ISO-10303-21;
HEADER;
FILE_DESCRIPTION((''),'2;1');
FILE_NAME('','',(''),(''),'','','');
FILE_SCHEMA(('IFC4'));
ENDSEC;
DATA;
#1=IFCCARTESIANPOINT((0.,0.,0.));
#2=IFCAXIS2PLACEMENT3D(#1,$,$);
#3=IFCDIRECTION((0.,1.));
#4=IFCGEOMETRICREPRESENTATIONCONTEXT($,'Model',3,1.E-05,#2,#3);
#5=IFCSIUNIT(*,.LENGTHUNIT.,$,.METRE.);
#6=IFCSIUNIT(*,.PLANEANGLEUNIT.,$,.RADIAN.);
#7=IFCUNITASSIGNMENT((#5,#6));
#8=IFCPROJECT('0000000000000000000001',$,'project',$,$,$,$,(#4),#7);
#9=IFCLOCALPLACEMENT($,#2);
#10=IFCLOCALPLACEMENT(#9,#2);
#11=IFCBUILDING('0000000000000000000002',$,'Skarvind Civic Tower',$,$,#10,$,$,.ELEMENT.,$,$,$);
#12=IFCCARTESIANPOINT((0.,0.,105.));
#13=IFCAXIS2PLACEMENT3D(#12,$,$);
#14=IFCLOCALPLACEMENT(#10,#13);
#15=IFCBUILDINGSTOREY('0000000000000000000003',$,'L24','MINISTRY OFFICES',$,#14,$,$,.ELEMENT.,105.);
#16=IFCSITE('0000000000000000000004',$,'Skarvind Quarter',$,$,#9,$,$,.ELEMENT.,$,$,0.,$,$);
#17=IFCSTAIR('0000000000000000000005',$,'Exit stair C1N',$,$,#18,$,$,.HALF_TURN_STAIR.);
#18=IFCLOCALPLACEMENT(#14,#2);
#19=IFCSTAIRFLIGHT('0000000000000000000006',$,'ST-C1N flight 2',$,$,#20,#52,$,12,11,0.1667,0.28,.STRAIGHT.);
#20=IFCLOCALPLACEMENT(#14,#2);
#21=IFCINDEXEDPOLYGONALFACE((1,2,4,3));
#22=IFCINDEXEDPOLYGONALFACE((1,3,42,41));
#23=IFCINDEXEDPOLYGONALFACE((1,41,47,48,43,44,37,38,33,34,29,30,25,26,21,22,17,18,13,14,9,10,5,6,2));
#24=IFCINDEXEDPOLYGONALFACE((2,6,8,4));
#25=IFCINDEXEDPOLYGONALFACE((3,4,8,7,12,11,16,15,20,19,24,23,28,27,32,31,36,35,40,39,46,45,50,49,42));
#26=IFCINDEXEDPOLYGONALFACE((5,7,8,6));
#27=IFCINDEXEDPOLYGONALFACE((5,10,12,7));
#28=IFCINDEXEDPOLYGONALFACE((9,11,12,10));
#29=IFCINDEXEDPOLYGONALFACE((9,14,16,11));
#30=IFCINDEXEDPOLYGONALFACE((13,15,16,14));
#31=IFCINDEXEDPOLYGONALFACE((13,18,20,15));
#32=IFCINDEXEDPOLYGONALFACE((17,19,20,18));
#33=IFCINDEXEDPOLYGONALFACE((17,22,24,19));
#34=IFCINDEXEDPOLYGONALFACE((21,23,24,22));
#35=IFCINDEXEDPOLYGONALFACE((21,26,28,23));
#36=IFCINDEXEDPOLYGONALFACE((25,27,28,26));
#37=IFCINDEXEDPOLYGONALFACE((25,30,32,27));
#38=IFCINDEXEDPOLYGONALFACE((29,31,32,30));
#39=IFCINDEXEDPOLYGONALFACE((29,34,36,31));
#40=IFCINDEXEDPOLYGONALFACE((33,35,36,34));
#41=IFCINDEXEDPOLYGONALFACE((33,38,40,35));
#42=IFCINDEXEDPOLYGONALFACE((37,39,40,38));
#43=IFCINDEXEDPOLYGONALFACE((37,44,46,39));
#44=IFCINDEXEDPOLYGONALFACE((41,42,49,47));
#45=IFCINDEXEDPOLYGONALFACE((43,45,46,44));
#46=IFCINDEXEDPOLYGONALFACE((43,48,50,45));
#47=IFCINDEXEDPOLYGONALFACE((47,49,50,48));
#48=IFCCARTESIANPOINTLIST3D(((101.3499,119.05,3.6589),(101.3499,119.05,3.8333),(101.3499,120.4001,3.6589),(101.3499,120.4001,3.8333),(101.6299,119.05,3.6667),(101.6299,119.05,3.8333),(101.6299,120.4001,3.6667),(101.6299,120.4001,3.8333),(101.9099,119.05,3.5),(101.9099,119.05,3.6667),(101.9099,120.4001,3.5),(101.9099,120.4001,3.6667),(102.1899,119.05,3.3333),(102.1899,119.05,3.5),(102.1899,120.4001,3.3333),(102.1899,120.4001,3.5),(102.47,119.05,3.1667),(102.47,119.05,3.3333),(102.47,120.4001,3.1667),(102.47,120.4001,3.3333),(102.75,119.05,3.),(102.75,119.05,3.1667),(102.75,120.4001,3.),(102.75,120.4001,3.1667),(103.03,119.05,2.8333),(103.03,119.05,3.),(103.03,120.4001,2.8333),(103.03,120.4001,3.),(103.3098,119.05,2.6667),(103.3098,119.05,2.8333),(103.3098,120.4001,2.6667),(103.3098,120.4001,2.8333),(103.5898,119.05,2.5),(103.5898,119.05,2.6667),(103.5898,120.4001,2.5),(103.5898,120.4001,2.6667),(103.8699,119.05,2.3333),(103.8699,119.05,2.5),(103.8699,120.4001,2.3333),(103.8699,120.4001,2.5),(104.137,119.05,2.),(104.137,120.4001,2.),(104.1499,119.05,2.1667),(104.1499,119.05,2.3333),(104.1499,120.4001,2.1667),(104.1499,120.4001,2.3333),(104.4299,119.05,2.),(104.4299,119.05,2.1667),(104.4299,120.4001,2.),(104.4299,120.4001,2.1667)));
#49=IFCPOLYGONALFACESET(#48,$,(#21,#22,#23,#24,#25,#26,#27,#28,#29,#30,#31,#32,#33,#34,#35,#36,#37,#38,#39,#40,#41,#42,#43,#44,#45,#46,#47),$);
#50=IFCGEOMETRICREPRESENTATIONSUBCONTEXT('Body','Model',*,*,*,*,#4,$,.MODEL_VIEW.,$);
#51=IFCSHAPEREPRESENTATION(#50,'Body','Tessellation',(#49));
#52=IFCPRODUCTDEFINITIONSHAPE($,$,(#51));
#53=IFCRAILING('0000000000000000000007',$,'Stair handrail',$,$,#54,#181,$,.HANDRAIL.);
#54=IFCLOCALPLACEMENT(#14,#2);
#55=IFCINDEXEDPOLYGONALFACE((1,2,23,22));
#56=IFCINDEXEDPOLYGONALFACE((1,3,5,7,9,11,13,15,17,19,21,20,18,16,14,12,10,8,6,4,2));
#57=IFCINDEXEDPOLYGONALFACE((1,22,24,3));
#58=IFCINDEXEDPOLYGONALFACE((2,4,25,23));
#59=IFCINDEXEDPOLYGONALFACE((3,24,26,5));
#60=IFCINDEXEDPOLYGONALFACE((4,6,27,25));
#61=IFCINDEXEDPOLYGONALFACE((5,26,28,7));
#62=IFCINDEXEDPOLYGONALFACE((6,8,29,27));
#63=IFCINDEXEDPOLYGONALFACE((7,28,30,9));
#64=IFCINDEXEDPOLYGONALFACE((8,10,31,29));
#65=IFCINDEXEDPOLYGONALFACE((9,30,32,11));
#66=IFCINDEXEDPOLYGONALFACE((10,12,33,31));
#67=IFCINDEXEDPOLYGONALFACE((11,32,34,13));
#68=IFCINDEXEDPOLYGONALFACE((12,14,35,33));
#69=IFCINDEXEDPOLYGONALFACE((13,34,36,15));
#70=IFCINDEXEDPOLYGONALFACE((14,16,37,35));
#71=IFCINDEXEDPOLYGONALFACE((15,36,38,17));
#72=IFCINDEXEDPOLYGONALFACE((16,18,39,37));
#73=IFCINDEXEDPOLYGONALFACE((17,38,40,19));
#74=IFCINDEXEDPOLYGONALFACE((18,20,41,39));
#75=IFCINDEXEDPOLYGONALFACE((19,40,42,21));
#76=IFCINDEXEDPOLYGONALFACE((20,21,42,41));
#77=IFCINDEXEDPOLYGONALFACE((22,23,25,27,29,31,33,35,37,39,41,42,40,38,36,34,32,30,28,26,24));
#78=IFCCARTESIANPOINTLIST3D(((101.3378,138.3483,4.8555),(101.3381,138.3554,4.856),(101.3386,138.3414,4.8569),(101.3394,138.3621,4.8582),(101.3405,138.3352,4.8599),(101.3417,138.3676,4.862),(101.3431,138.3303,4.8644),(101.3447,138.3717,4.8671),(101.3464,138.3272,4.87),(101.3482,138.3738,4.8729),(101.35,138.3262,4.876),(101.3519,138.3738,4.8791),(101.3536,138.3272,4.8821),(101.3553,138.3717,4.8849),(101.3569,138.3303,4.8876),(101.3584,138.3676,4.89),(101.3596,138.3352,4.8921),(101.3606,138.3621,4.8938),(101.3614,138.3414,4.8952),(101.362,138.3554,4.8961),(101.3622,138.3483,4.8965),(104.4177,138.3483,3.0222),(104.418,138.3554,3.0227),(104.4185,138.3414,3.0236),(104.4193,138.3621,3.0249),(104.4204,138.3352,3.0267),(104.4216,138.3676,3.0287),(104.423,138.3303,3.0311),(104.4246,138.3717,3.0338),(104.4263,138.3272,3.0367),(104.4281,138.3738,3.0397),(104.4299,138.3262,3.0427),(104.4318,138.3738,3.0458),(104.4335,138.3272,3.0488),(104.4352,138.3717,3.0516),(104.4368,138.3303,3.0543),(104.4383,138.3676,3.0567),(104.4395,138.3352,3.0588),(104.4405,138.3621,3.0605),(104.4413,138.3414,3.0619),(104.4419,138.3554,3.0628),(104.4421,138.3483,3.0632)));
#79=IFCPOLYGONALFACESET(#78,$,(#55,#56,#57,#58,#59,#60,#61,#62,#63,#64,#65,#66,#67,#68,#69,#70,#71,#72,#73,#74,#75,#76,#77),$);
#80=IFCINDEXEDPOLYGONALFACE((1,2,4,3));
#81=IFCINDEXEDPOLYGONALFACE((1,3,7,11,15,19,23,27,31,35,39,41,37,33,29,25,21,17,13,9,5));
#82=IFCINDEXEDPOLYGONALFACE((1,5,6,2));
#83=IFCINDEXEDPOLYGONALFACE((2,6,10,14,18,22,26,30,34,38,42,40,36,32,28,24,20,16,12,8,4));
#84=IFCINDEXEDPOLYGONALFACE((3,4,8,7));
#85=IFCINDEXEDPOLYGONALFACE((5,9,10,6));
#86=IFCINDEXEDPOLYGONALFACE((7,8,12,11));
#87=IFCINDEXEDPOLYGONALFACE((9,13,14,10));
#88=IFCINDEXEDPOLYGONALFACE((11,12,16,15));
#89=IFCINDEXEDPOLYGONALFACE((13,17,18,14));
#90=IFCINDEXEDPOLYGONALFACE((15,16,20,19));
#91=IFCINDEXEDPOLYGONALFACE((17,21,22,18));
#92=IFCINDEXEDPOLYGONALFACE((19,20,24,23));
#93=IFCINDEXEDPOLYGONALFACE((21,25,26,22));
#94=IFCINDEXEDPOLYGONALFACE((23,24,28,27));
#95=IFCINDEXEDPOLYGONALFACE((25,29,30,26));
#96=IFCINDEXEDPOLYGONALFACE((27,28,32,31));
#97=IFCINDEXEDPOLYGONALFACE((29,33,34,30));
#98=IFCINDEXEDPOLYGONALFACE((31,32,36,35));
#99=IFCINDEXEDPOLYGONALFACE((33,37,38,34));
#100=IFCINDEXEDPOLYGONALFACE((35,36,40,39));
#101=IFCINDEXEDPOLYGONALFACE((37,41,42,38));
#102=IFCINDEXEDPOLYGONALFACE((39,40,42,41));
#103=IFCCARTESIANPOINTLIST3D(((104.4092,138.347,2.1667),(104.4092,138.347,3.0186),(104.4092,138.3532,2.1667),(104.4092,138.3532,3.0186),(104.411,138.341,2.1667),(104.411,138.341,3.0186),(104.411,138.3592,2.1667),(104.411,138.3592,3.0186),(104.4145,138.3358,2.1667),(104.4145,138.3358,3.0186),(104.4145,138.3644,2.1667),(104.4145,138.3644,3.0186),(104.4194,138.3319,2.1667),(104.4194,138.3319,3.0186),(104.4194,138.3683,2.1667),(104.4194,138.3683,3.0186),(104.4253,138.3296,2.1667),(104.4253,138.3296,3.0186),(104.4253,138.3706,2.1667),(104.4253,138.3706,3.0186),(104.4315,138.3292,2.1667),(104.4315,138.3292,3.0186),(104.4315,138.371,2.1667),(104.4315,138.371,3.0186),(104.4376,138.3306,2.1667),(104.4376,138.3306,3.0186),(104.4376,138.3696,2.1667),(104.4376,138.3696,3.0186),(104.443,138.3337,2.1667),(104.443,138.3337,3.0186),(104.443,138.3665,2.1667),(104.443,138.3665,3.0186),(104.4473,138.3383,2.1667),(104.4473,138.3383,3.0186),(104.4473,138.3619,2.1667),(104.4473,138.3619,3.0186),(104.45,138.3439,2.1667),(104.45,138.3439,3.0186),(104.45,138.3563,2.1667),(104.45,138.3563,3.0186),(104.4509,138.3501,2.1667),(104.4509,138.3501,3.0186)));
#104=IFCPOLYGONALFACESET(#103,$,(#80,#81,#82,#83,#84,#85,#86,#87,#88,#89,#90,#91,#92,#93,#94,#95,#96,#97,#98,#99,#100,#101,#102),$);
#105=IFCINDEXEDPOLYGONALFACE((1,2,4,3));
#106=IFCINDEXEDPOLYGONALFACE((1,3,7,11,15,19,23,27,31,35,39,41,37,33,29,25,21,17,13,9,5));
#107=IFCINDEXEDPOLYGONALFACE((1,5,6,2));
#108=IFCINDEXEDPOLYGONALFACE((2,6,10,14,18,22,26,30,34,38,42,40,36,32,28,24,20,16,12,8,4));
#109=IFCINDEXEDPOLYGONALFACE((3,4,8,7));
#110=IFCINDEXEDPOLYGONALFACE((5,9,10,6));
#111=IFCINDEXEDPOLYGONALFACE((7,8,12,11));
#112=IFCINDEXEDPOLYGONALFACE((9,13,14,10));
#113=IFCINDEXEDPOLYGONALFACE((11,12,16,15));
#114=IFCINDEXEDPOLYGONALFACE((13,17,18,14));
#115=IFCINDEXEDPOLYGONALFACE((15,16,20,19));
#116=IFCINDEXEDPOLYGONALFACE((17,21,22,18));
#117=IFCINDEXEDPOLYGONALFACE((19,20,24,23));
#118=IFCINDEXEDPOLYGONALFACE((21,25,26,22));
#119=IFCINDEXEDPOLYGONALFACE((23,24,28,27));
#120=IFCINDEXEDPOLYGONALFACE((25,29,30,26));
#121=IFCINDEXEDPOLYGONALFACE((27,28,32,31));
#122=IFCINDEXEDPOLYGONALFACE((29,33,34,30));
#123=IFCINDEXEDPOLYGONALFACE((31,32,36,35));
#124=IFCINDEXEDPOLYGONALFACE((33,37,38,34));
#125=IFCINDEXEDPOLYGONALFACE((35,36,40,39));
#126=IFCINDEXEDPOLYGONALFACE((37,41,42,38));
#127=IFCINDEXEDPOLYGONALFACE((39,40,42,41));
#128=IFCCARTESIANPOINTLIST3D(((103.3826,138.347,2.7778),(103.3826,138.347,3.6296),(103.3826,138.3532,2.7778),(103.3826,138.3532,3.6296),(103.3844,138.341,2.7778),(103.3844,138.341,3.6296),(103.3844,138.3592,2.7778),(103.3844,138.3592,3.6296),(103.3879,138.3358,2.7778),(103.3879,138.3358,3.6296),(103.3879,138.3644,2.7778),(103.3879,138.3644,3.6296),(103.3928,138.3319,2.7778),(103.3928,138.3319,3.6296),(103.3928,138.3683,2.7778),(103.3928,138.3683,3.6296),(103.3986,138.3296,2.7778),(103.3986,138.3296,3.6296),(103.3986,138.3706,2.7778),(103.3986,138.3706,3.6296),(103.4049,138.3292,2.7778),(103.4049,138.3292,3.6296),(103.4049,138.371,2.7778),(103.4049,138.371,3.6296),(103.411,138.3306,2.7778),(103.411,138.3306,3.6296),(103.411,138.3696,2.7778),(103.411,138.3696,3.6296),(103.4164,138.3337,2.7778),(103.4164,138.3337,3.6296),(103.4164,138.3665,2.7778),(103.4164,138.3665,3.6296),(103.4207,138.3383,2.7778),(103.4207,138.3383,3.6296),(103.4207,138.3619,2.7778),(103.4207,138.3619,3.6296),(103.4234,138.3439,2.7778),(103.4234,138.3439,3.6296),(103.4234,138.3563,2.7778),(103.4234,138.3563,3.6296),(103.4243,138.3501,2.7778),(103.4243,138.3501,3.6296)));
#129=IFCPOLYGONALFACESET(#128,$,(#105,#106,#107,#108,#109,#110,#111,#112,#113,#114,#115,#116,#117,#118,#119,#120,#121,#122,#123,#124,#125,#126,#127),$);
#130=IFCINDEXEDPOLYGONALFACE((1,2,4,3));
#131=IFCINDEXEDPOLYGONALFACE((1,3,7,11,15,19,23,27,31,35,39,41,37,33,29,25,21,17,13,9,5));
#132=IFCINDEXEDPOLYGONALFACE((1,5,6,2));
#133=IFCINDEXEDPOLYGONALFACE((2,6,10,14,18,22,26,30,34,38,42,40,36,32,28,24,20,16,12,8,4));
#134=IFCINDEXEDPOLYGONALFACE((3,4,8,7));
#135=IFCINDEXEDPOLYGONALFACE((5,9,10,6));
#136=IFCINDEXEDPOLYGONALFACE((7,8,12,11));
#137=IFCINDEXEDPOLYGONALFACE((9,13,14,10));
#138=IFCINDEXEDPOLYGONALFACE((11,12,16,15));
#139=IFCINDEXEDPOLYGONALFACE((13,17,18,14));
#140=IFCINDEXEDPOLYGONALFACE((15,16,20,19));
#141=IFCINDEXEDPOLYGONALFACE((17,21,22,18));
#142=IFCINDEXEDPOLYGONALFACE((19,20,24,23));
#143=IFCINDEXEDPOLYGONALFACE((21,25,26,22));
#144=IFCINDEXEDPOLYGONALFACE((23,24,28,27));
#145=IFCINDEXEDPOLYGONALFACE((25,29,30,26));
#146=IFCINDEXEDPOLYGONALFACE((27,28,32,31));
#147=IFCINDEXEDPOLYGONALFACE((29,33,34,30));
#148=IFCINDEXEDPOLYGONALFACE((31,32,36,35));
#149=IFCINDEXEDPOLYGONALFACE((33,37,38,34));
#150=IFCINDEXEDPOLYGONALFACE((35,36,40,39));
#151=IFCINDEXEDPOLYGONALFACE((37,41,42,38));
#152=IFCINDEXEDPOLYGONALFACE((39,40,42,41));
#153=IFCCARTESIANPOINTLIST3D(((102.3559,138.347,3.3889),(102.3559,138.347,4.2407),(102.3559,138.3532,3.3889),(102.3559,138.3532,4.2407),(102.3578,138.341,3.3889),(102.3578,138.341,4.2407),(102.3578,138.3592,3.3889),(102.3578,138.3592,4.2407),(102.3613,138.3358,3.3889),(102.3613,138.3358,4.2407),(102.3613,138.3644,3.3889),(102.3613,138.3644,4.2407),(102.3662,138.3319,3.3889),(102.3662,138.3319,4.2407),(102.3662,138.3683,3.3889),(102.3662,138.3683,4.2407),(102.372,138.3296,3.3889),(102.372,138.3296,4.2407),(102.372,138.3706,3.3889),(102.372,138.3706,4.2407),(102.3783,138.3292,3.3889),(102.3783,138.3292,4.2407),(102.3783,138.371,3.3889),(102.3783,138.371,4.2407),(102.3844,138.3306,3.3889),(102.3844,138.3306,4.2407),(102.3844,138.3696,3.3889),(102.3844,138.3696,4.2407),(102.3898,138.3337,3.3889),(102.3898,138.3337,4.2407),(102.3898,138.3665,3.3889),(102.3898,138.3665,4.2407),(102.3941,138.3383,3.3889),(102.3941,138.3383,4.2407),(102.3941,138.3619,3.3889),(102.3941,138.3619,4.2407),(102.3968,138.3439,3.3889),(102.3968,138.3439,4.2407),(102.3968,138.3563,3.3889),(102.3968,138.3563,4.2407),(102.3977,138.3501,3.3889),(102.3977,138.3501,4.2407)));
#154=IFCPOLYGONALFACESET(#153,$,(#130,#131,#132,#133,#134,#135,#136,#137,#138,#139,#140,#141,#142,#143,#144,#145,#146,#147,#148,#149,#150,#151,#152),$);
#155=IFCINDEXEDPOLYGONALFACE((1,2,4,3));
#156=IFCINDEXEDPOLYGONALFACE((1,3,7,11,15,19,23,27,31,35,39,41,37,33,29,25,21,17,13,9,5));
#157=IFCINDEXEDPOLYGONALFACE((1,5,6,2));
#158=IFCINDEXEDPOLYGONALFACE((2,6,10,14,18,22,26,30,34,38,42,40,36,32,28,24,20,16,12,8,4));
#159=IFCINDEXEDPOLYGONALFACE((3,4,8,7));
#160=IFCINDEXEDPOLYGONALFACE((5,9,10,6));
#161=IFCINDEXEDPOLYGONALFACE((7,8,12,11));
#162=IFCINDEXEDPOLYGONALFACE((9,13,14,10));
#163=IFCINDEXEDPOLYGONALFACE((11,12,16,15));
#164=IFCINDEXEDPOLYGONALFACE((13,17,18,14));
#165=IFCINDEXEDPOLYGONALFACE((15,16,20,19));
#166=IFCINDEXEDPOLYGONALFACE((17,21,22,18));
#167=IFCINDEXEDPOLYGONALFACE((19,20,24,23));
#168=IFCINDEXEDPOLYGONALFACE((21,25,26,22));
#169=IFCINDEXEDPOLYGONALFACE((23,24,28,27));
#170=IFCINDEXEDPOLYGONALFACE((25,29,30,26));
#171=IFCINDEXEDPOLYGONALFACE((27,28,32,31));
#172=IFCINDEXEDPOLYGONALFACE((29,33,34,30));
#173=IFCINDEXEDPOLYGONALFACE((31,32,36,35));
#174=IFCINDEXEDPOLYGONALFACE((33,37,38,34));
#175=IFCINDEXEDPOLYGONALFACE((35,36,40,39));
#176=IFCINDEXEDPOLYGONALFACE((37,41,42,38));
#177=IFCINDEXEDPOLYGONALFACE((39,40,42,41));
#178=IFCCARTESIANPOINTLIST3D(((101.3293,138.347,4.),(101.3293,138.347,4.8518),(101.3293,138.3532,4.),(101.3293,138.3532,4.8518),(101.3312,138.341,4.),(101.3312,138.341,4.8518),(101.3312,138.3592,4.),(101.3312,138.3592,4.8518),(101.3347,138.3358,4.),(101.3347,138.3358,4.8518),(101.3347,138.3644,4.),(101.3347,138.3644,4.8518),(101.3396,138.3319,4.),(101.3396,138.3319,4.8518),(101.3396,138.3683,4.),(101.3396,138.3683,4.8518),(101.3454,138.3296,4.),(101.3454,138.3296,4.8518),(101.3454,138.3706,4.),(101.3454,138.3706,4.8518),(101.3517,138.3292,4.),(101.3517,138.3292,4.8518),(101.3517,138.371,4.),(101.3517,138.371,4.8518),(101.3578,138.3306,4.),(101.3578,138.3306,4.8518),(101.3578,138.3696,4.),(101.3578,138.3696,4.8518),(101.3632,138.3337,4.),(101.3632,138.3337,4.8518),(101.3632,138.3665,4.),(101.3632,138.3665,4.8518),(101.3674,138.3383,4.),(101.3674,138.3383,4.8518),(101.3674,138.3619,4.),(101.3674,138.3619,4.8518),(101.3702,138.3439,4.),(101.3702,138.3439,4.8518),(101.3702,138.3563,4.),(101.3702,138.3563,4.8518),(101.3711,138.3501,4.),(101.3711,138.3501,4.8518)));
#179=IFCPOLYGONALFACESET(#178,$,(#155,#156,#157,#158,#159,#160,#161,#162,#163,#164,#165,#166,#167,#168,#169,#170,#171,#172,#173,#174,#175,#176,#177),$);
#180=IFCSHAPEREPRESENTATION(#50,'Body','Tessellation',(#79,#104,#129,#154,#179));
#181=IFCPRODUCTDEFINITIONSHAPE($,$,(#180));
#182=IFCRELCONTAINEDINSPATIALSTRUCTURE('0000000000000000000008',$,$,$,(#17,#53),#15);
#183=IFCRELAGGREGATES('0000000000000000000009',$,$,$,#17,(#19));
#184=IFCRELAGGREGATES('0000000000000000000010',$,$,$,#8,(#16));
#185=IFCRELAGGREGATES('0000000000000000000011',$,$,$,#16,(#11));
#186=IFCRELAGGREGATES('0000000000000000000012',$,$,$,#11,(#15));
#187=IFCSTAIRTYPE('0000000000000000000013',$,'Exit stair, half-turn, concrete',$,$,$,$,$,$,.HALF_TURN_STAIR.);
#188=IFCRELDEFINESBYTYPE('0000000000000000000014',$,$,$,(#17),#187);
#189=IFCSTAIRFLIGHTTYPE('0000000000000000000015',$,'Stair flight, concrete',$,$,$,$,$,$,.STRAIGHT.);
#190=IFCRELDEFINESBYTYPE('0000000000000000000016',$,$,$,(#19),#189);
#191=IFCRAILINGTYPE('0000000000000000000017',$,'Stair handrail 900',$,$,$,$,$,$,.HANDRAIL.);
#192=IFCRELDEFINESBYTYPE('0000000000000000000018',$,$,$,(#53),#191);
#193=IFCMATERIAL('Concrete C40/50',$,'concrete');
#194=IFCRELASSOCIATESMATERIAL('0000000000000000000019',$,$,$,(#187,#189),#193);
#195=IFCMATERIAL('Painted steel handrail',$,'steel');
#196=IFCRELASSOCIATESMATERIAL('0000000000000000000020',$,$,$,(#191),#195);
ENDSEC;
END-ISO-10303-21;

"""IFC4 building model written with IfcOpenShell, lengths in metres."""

from ifc_helpers import new_model, si_unit, direction, frame, origin, origin_2d, place, context, subcontext, project, spatial, polyline, circle, outline, extrude, material, type_object, element, aggregate, save


model = new_model("IFC4")

# Units and contexts
model_context = context("Model", 3, precision=1e-05, world=origin(), true_north=direction((0.0, 1.0)))
body_context = subcontext(model_context, "Body", "Model", "MODEL_VIEW")
ifc_project = project(units=[si_unit("LENGTHUNIT", "METRE"), si_unit("PLANEANGLEUNIT", "RADIAN")], contexts=[model_context])

# Site, building, storey
site_placement = place(None, origin())
site = spatial("IfcSite", under=ifc_project, at=site_placement, Name="Skarvind Quarter", CompositionType="ELEMENT", RefElevation=0.0)
building_placement = place(site_placement, origin())
building = spatial("IfcBuilding", under=site, at=building_placement, Name="Skarvind Civic Tower", CompositionType="ELEMENT")
storey_placement = place(building_placement, frame((0.0, 0.0, 105.0)))
storey = spatial("IfcBuildingStorey", under=building, at=storey_placement, Name="L24", Description="MINISTRY OFFICES", CompositionType="ELEMENT", Elevation=105.0)

# Stair, stair flight
ifc_material_1 = material(Name="Concrete C40/50", Category="concrete")
stair_type = type_object("IfcStairType", Name="Exit stair, half-turn, concrete", PredefinedType="HALF_TURN_STAIR", material=ifc_material_1)
stair_placement = place(storey_placement, origin())
stair = element("IfcStair", 1, at=stair_placement, inside=storey, type_object=stair_type, Name="Exit stair C1N", PredefinedType="HALF_TURN_STAIR")
stair_flight_type = type_object("IfcStairFlightType", Name="Stair flight, concrete", PredefinedType="STRAIGHT", material=ifc_material_1)
stair_flight_placement = place(storey_placement, frame((104.4299, 119.7251, 2.0), z_axis=(0.0, 0.0, 1.0), x_axis=(-1.0, 0.0, 0.0)))
stair_flight = element("IfcStairFlight", 2, at=stair_flight_placement, type_object=stair_flight_type, Name="ST-C1N flight 2", NumberOfRisers=12, NumberOfTreads=11, PredefinedType="STRAIGHT", RiserHeight=0.1667, TreadLength=0.28, context=body_context, shape_type="SweptSolid", body=[
    extrude(outline(polyline([(0.0, 0.0), (0.0, 0.1667), (0.28, 0.1667), (0.28, 0.3333), (0.5601, 0.3333), (0.5601, 0.5), (0.8401, 0.5), (0.8401, 0.6667), (1.1201, 0.6667), (1.1201, 0.8333), (1.3999, 0.8333), (1.3999, 1.0), (1.6799, 1.0), (1.6799, 1.1667), (1.96, 1.1667), (1.96, 1.3333), (2.24, 1.3333), (2.24, 1.5), (2.52, 1.5), (2.52, 1.6667), (2.8, 1.6667), (2.8, 1.8333), (3.0801, 1.8333), (3.0801, 2.0), (3.0801, 1.6589), (0.293, 0.0), (0.0, 0.0)])), frame((0.0, 0.675, 0.0), z_axis=(0.0, -1.0, 0.0), x_axis=(1.0, 0.0, 0.0)), (0.0, 0.0, 1.0), 1.3501),
])
aggregate(stair, [stair_flight])

# Railing
ifc_material_2 = material(Name="Painted steel handrail", Category="steel")
railing_type = type_object("IfcRailingType", Name="Stair handrail 900", PredefinedType="HANDRAIL", material=ifc_material_2)
for number, where, name in (
    (3, (104.4299, 138.3501, 2.1667), "Stair handrail"),
):
    element("IfcRailing", number, at=place(storey_placement, frame(where)), inside=storey, type_object=railing_type, Name=name, PredefinedType="HANDRAIL", context=body_context, shape_type="SweptSolid", body=[
        extrude(circle(Radius=0.0239, at=origin_2d()), frame((0.0, 0.0, 0.876), z_axis=(-0.859291, 0.0, 0.511487), x_axis=(0.0, -1.0, 0.0)), (0.0, 0.0, 1.0), 3.5842),
        extrude(circle(Radius=0.021, at=origin_2d()), origin(), (0.0, 0.0, 1.0), 0.8518),
        extrude(circle(Radius=0.021, at=origin_2d()), frame((-1.0266, 0.0, 0.6111)), (0.0, 0.0, 1.0), 0.8518),
        extrude(circle(Radius=0.021, at=origin_2d()), frame((-2.0532, 0.0, 1.2222)), (0.0, 0.0, 1.0), 0.8518),
        extrude(circle(Radius=0.021, at=origin_2d()), frame((-3.0798, 0.0, 1.8333)), (0.0, 0.0, 1.0), 0.8518),
    ])

save(model, "model.ifc")
